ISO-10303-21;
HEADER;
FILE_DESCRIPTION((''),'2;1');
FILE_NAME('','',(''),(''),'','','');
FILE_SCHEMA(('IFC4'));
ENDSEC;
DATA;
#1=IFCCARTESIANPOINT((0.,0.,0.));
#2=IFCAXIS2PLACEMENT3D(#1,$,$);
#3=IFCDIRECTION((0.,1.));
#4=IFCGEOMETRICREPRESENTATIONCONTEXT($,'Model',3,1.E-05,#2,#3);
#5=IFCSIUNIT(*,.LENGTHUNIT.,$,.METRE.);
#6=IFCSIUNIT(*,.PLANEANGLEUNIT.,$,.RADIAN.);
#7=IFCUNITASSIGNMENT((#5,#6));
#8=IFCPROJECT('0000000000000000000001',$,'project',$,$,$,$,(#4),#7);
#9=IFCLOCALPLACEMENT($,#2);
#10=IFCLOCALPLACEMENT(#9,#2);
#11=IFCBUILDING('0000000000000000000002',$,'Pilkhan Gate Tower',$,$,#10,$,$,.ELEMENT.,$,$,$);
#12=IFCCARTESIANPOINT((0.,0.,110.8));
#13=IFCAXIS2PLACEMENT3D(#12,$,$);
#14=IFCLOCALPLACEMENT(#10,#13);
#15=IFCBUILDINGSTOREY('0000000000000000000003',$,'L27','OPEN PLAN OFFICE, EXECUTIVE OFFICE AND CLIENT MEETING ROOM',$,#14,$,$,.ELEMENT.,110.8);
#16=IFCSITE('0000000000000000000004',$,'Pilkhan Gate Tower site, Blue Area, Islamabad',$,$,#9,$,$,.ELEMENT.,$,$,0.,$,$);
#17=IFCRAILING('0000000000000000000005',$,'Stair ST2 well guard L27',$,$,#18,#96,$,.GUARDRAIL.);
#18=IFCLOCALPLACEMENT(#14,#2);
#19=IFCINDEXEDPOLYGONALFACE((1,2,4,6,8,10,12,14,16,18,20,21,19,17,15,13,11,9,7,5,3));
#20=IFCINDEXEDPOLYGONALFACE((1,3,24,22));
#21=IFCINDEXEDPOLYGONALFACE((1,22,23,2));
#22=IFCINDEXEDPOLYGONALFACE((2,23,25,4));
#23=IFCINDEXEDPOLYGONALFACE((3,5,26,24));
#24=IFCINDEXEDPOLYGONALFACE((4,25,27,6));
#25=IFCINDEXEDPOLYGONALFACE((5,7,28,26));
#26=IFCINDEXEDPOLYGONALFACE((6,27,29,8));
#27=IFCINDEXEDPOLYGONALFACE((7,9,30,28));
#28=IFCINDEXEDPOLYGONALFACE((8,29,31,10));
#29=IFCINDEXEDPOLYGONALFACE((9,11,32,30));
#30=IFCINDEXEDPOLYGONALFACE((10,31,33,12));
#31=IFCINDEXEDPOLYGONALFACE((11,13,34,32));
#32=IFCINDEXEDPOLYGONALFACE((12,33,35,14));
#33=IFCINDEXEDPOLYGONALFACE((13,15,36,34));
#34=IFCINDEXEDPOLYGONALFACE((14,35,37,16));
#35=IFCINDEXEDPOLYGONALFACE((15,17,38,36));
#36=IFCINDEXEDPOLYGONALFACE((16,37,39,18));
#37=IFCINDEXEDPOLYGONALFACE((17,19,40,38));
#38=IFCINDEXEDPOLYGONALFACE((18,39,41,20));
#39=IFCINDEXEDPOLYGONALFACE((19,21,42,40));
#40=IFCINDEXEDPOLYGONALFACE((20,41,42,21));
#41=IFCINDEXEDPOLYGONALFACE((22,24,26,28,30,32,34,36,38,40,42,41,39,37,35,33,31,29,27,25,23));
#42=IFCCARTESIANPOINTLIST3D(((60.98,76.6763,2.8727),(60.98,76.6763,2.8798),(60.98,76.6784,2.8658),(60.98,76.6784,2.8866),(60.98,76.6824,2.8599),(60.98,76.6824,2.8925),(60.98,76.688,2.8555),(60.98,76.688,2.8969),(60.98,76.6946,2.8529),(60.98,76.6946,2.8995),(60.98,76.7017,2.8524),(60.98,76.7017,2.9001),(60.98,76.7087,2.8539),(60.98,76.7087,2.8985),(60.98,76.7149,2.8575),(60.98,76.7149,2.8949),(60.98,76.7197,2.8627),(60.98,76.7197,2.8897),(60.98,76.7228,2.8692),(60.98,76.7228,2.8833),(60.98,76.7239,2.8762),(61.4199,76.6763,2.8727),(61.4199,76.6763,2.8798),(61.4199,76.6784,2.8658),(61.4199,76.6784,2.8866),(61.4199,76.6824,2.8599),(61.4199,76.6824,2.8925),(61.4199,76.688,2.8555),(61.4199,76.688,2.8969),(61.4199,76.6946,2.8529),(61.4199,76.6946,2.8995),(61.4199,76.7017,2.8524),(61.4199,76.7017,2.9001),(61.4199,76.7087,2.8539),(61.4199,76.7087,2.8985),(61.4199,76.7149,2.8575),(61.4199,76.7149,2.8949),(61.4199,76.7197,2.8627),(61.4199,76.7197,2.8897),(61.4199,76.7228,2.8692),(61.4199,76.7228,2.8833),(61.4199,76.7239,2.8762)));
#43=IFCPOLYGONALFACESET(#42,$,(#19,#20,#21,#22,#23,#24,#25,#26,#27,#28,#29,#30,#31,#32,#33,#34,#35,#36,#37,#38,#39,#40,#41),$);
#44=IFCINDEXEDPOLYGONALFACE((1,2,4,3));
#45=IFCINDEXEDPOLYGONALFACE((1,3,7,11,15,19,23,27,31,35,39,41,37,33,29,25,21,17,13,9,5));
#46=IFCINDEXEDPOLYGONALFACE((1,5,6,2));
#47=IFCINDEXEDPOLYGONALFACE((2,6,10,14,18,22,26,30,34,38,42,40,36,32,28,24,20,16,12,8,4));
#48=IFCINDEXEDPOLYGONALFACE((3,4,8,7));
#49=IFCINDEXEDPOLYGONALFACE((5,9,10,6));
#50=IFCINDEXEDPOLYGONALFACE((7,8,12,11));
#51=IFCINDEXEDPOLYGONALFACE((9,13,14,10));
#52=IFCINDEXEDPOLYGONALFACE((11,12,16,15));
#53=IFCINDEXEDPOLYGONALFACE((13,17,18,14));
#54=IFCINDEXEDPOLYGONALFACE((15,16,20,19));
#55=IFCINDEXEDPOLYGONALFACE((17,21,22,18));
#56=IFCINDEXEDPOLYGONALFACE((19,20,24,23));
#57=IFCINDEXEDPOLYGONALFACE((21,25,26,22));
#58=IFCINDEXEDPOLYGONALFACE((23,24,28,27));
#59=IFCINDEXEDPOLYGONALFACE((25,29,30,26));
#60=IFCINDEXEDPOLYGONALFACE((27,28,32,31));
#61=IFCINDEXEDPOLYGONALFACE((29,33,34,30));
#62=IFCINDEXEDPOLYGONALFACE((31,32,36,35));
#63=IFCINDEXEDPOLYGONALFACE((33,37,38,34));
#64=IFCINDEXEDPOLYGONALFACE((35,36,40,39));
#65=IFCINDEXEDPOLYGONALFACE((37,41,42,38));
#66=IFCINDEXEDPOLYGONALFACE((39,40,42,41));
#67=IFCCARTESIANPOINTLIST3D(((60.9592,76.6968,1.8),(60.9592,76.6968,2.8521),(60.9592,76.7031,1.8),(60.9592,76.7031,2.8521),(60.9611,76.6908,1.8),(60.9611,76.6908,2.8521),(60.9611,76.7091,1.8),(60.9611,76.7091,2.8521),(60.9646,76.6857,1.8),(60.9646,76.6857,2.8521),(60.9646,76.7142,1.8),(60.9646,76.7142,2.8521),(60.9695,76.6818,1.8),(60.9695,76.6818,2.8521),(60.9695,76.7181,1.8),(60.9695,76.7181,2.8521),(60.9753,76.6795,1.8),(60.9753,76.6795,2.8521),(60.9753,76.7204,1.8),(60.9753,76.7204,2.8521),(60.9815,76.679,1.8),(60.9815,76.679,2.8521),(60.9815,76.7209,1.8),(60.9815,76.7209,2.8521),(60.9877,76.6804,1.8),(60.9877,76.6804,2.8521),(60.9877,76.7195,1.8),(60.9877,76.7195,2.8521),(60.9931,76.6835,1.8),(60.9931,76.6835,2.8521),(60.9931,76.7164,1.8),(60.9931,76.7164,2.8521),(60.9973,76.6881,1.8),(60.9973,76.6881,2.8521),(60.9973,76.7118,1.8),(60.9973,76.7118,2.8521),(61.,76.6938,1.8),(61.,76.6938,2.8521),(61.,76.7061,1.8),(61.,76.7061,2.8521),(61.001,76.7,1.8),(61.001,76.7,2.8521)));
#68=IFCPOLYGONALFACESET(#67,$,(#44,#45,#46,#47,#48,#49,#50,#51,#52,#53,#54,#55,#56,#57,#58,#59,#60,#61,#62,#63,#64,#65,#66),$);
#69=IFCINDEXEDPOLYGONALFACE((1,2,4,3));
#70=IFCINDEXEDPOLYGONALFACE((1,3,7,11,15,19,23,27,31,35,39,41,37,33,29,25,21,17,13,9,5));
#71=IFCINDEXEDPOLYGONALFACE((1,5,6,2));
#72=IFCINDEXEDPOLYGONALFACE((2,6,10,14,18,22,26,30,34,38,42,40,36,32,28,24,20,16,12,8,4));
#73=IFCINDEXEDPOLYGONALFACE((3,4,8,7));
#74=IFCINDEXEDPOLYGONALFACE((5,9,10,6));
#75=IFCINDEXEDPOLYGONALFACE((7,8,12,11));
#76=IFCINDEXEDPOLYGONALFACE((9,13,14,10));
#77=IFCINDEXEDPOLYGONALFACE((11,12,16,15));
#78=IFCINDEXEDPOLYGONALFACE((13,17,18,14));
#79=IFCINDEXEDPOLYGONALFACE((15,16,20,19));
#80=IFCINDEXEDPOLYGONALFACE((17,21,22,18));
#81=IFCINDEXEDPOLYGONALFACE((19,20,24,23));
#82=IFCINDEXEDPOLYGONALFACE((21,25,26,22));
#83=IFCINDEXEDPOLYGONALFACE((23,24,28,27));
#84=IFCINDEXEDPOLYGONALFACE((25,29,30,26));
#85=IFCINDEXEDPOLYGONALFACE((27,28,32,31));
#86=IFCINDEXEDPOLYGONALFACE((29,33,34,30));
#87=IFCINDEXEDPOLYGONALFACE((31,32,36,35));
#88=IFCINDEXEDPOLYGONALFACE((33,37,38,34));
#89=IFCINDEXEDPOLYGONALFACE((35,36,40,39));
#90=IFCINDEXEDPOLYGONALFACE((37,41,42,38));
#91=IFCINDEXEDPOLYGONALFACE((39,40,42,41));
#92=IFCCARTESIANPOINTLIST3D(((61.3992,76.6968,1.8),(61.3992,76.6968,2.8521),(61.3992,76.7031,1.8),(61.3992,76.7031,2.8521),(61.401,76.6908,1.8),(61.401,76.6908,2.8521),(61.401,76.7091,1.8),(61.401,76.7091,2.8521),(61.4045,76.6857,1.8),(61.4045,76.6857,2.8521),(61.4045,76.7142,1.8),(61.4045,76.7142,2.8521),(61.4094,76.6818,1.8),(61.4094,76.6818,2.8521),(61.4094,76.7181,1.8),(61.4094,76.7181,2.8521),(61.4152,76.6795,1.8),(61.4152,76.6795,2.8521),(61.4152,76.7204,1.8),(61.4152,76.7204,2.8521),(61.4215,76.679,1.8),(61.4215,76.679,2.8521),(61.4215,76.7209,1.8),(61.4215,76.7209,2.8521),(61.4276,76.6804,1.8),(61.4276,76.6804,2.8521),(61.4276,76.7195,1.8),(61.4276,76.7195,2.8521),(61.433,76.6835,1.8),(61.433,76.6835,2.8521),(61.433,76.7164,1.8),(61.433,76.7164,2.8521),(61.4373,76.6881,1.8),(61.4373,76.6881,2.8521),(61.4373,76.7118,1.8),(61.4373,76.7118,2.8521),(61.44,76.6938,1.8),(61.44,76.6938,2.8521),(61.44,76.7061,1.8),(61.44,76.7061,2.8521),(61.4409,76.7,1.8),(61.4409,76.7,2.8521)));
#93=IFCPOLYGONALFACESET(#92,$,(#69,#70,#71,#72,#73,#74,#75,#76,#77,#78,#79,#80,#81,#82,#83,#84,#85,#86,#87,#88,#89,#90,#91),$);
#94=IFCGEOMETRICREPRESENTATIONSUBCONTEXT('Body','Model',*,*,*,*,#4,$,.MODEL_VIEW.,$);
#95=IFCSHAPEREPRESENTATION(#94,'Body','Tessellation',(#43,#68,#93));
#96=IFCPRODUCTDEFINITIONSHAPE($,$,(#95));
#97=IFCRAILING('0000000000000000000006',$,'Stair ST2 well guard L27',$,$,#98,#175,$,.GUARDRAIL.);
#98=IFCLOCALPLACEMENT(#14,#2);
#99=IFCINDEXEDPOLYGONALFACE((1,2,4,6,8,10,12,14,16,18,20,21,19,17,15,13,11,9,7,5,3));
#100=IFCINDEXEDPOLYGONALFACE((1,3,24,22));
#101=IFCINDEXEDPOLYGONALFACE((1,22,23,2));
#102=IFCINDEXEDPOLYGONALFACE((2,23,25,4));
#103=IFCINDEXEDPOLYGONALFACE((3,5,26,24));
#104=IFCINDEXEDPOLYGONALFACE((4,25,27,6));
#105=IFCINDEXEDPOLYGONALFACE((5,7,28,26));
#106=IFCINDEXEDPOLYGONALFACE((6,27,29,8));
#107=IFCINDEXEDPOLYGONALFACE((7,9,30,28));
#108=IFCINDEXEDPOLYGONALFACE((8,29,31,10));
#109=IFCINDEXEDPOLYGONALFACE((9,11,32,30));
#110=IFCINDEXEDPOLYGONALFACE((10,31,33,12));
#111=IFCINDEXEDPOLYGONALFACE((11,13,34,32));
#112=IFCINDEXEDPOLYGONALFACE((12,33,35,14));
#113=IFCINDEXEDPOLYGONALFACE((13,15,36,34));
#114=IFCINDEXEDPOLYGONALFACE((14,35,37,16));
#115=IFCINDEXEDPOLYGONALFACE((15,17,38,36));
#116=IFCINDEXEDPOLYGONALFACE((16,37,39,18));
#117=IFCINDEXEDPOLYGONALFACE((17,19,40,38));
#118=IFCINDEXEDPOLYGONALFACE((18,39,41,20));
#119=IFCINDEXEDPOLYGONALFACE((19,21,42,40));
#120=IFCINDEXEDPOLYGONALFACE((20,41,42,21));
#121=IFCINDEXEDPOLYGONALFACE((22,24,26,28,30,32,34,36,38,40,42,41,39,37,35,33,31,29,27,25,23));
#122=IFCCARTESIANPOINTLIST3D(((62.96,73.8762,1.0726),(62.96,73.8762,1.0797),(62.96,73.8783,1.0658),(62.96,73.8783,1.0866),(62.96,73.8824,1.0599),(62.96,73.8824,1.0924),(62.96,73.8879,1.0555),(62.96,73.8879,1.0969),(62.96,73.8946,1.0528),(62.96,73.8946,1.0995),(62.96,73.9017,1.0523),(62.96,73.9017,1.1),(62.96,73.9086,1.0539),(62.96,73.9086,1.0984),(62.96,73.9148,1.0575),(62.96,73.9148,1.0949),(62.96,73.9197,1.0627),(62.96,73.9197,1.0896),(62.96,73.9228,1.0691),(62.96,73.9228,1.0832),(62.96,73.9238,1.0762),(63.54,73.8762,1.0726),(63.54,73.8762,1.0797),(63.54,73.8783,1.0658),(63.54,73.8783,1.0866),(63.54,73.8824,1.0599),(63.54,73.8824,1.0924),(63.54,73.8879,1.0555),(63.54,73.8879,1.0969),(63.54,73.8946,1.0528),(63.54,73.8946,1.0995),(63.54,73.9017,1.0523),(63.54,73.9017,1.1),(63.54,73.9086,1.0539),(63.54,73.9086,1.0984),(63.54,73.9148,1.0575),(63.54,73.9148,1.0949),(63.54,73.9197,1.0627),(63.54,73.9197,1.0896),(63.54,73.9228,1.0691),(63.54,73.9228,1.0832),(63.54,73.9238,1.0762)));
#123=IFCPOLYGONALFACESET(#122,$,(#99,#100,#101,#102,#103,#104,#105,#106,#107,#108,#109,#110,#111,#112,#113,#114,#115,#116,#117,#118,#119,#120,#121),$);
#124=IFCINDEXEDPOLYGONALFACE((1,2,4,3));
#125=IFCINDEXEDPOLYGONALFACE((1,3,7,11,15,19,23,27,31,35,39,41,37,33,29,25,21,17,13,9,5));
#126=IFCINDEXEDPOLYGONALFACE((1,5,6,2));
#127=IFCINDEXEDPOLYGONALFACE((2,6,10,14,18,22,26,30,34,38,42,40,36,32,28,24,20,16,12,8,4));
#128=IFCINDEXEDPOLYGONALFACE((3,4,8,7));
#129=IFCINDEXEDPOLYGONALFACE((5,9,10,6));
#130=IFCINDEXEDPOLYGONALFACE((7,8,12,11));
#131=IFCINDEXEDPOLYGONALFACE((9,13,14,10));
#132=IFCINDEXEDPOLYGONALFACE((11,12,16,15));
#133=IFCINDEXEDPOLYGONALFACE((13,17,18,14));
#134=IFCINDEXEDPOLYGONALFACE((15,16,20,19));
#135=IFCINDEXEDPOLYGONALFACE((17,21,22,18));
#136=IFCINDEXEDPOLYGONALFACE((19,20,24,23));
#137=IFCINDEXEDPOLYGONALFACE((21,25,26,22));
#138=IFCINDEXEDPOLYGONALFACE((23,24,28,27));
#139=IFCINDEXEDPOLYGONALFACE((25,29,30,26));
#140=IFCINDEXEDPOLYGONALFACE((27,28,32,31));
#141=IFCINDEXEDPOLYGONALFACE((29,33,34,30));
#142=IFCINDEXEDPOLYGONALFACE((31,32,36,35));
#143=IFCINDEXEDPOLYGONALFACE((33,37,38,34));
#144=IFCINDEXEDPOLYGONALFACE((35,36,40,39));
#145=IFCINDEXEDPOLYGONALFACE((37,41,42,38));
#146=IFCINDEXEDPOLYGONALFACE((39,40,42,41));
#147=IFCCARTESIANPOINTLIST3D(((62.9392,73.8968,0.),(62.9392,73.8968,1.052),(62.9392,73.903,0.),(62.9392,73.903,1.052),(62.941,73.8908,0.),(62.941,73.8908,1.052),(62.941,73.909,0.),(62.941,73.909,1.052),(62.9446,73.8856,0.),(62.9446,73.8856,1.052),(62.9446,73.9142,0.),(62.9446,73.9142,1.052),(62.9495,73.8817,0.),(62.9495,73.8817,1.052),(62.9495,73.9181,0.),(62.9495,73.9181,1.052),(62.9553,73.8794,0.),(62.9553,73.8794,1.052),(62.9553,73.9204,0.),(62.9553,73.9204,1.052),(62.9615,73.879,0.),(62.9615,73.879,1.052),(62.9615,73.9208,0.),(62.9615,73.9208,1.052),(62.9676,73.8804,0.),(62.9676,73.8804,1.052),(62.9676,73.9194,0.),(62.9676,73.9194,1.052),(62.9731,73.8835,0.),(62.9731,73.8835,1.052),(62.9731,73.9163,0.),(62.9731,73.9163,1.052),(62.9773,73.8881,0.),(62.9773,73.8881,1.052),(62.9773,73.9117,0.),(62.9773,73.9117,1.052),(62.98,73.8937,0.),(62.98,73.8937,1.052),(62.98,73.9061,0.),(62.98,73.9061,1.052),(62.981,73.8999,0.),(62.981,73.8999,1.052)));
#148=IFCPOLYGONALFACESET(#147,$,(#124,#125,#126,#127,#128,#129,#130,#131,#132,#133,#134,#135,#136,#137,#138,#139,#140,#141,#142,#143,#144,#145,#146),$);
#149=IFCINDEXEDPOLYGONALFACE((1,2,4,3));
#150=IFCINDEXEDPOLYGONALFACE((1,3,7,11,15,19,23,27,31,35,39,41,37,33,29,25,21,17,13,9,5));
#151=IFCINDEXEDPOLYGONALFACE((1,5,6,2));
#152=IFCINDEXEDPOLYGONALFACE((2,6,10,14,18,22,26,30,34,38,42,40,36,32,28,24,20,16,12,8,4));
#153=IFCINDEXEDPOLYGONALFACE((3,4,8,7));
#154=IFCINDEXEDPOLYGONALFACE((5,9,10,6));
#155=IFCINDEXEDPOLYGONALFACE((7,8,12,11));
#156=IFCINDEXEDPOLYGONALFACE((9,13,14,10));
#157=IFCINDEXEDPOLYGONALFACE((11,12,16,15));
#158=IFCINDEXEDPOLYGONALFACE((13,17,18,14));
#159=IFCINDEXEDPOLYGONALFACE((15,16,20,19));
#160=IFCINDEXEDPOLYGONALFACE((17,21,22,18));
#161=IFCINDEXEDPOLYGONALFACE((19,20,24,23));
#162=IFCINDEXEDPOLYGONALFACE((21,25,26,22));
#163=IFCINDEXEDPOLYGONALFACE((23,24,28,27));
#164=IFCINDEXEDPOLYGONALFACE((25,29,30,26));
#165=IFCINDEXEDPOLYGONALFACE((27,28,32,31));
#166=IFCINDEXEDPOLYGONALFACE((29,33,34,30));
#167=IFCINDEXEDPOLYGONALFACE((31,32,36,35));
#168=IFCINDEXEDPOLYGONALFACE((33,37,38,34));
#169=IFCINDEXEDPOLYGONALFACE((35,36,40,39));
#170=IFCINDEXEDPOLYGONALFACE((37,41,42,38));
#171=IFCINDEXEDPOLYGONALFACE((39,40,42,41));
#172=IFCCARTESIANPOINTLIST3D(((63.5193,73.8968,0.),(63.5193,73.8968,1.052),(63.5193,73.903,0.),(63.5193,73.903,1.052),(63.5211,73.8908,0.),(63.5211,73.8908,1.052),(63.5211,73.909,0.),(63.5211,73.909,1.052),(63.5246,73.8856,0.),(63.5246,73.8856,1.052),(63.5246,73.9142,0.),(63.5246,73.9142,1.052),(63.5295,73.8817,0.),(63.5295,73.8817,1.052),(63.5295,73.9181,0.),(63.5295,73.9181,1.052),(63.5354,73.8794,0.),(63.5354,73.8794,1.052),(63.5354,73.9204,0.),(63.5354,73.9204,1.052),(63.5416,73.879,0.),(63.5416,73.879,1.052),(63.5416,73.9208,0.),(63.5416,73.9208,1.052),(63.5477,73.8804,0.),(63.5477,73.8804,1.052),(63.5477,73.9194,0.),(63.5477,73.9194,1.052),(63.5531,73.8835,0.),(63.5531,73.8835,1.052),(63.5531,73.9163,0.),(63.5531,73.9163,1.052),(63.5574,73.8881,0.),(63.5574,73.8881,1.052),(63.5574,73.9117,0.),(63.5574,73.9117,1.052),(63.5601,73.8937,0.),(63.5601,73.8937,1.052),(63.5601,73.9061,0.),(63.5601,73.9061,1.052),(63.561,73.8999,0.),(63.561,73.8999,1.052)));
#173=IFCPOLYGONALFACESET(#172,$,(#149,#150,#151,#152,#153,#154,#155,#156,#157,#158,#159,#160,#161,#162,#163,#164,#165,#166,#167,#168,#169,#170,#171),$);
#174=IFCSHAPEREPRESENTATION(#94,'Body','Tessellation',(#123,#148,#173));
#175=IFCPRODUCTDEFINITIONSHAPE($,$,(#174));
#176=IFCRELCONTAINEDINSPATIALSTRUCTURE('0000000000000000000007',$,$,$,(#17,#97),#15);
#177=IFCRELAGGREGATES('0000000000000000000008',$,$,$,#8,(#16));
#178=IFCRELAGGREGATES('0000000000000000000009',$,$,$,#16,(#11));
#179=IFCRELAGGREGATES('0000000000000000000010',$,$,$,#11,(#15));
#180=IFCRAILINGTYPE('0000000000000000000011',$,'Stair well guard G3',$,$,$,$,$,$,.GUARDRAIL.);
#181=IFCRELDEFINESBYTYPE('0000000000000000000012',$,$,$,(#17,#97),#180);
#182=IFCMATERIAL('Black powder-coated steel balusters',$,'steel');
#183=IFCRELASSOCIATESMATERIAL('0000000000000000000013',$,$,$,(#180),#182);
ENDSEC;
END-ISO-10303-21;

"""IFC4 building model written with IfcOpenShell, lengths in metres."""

from ifc_helpers import new_model, si_unit, direction, frame, origin, origin_2d, place, context, subcontext, project, spatial, circle, extrude, material, type_object, element, save


model = new_model("IFC4")

# Units and contexts
model_context = context("Model", 3, precision=1e-05, world=origin(), true_north=direction((0.0, 1.0)))
body_context = subcontext(model_context, "Body", "Model", "MODEL_VIEW")
ifc_project = project(units=[si_unit("LENGTHUNIT", "METRE"), si_unit("PLANEANGLEUNIT", "RADIAN")], contexts=[model_context])

# Site, building, storey
site_placement = place(None, origin())
site = spatial("IfcSite", under=ifc_project, at=site_placement, Name="Pilkhan Gate Tower site, Blue Area, Islamabad", CompositionType="ELEMENT", RefElevation=0.0)
building_placement = place(site_placement, origin())
building = spatial("IfcBuilding", under=site, at=building_placement, Name="Pilkhan Gate Tower", CompositionType="ELEMENT")
storey_placement = place(building_placement, frame((0.0, 0.0, 110.8)))
storey = spatial("IfcBuildingStorey", under=building, at=storey_placement, Name="L27", Description="OPEN PLAN OFFICE, EXECUTIVE OFFICE AND CLIENT MEETING ROOM", CompositionType="ELEMENT", Elevation=110.8)

# Railings
ifc_material_1 = material(Name="Black powder-coated steel balusters", Category="steel")
railing_type_1 = type_object("IfcRailingType", Name="Stair well guard G3", PredefinedType="GUARDRAIL", material=ifc_material_1)
railing_1_placement = place(storey_placement, frame((60.98, 76.7, 1.8)))
element("IfcRailing", 1, at=railing_1_placement, inside=storey, type_object=railing_type_1, Name="Stair ST2 well guard L27", PredefinedType="GUARDRAIL", context=body_context, shape_type="SweptSolid", body=[
    extrude(circle(Radius=0.0239, at=origin_2d()), frame((0.0, 0.0, 1.0762), z_axis=(1.0, 0.0, 0.0), x_axis=(0.0, 1.0, 0.0)), (0.0, 0.0, 1.0), 0.4399),
    extrude(circle(Radius=0.021, at=origin_2d()), origin(), (0.0, 0.0, 1.0), 1.052),
    extrude(circle(Radius=0.021, at=origin_2d()), frame((0.4399, 0.0, 0.0)), (0.0, 0.0, 1.0), 1.052),
])
for number, where, name in (
    (2, (62.96, 73.8999, 0.0), "Stair ST2 well guard L27"),
):
    element("IfcRailing", number, at=place(storey_placement, frame(where)), inside=storey, type_object=railing_type_1, Name=name, PredefinedType="GUARDRAIL", context=body_context, shape_type="SweptSolid", body=[
        extrude(circle(Radius=0.0239, at=origin_2d()), frame((0.0, 0.0, 1.0762), z_axis=(1.0, 0.0, 0.0), x_axis=(0.0, 1.0, 0.0)), (0.0, 0.0, 1.0), 0.5801),
        extrude(circle(Radius=0.021, at=origin_2d()), origin(), (0.0, 0.0, 1.0), 1.052),
        extrude(circle(Radius=0.021, at=origin_2d()), frame((0.5801, 0.0, 0.0)), (0.0, 0.0, 1.0), 1.052),
    ])

save(model, "model.ifc")
